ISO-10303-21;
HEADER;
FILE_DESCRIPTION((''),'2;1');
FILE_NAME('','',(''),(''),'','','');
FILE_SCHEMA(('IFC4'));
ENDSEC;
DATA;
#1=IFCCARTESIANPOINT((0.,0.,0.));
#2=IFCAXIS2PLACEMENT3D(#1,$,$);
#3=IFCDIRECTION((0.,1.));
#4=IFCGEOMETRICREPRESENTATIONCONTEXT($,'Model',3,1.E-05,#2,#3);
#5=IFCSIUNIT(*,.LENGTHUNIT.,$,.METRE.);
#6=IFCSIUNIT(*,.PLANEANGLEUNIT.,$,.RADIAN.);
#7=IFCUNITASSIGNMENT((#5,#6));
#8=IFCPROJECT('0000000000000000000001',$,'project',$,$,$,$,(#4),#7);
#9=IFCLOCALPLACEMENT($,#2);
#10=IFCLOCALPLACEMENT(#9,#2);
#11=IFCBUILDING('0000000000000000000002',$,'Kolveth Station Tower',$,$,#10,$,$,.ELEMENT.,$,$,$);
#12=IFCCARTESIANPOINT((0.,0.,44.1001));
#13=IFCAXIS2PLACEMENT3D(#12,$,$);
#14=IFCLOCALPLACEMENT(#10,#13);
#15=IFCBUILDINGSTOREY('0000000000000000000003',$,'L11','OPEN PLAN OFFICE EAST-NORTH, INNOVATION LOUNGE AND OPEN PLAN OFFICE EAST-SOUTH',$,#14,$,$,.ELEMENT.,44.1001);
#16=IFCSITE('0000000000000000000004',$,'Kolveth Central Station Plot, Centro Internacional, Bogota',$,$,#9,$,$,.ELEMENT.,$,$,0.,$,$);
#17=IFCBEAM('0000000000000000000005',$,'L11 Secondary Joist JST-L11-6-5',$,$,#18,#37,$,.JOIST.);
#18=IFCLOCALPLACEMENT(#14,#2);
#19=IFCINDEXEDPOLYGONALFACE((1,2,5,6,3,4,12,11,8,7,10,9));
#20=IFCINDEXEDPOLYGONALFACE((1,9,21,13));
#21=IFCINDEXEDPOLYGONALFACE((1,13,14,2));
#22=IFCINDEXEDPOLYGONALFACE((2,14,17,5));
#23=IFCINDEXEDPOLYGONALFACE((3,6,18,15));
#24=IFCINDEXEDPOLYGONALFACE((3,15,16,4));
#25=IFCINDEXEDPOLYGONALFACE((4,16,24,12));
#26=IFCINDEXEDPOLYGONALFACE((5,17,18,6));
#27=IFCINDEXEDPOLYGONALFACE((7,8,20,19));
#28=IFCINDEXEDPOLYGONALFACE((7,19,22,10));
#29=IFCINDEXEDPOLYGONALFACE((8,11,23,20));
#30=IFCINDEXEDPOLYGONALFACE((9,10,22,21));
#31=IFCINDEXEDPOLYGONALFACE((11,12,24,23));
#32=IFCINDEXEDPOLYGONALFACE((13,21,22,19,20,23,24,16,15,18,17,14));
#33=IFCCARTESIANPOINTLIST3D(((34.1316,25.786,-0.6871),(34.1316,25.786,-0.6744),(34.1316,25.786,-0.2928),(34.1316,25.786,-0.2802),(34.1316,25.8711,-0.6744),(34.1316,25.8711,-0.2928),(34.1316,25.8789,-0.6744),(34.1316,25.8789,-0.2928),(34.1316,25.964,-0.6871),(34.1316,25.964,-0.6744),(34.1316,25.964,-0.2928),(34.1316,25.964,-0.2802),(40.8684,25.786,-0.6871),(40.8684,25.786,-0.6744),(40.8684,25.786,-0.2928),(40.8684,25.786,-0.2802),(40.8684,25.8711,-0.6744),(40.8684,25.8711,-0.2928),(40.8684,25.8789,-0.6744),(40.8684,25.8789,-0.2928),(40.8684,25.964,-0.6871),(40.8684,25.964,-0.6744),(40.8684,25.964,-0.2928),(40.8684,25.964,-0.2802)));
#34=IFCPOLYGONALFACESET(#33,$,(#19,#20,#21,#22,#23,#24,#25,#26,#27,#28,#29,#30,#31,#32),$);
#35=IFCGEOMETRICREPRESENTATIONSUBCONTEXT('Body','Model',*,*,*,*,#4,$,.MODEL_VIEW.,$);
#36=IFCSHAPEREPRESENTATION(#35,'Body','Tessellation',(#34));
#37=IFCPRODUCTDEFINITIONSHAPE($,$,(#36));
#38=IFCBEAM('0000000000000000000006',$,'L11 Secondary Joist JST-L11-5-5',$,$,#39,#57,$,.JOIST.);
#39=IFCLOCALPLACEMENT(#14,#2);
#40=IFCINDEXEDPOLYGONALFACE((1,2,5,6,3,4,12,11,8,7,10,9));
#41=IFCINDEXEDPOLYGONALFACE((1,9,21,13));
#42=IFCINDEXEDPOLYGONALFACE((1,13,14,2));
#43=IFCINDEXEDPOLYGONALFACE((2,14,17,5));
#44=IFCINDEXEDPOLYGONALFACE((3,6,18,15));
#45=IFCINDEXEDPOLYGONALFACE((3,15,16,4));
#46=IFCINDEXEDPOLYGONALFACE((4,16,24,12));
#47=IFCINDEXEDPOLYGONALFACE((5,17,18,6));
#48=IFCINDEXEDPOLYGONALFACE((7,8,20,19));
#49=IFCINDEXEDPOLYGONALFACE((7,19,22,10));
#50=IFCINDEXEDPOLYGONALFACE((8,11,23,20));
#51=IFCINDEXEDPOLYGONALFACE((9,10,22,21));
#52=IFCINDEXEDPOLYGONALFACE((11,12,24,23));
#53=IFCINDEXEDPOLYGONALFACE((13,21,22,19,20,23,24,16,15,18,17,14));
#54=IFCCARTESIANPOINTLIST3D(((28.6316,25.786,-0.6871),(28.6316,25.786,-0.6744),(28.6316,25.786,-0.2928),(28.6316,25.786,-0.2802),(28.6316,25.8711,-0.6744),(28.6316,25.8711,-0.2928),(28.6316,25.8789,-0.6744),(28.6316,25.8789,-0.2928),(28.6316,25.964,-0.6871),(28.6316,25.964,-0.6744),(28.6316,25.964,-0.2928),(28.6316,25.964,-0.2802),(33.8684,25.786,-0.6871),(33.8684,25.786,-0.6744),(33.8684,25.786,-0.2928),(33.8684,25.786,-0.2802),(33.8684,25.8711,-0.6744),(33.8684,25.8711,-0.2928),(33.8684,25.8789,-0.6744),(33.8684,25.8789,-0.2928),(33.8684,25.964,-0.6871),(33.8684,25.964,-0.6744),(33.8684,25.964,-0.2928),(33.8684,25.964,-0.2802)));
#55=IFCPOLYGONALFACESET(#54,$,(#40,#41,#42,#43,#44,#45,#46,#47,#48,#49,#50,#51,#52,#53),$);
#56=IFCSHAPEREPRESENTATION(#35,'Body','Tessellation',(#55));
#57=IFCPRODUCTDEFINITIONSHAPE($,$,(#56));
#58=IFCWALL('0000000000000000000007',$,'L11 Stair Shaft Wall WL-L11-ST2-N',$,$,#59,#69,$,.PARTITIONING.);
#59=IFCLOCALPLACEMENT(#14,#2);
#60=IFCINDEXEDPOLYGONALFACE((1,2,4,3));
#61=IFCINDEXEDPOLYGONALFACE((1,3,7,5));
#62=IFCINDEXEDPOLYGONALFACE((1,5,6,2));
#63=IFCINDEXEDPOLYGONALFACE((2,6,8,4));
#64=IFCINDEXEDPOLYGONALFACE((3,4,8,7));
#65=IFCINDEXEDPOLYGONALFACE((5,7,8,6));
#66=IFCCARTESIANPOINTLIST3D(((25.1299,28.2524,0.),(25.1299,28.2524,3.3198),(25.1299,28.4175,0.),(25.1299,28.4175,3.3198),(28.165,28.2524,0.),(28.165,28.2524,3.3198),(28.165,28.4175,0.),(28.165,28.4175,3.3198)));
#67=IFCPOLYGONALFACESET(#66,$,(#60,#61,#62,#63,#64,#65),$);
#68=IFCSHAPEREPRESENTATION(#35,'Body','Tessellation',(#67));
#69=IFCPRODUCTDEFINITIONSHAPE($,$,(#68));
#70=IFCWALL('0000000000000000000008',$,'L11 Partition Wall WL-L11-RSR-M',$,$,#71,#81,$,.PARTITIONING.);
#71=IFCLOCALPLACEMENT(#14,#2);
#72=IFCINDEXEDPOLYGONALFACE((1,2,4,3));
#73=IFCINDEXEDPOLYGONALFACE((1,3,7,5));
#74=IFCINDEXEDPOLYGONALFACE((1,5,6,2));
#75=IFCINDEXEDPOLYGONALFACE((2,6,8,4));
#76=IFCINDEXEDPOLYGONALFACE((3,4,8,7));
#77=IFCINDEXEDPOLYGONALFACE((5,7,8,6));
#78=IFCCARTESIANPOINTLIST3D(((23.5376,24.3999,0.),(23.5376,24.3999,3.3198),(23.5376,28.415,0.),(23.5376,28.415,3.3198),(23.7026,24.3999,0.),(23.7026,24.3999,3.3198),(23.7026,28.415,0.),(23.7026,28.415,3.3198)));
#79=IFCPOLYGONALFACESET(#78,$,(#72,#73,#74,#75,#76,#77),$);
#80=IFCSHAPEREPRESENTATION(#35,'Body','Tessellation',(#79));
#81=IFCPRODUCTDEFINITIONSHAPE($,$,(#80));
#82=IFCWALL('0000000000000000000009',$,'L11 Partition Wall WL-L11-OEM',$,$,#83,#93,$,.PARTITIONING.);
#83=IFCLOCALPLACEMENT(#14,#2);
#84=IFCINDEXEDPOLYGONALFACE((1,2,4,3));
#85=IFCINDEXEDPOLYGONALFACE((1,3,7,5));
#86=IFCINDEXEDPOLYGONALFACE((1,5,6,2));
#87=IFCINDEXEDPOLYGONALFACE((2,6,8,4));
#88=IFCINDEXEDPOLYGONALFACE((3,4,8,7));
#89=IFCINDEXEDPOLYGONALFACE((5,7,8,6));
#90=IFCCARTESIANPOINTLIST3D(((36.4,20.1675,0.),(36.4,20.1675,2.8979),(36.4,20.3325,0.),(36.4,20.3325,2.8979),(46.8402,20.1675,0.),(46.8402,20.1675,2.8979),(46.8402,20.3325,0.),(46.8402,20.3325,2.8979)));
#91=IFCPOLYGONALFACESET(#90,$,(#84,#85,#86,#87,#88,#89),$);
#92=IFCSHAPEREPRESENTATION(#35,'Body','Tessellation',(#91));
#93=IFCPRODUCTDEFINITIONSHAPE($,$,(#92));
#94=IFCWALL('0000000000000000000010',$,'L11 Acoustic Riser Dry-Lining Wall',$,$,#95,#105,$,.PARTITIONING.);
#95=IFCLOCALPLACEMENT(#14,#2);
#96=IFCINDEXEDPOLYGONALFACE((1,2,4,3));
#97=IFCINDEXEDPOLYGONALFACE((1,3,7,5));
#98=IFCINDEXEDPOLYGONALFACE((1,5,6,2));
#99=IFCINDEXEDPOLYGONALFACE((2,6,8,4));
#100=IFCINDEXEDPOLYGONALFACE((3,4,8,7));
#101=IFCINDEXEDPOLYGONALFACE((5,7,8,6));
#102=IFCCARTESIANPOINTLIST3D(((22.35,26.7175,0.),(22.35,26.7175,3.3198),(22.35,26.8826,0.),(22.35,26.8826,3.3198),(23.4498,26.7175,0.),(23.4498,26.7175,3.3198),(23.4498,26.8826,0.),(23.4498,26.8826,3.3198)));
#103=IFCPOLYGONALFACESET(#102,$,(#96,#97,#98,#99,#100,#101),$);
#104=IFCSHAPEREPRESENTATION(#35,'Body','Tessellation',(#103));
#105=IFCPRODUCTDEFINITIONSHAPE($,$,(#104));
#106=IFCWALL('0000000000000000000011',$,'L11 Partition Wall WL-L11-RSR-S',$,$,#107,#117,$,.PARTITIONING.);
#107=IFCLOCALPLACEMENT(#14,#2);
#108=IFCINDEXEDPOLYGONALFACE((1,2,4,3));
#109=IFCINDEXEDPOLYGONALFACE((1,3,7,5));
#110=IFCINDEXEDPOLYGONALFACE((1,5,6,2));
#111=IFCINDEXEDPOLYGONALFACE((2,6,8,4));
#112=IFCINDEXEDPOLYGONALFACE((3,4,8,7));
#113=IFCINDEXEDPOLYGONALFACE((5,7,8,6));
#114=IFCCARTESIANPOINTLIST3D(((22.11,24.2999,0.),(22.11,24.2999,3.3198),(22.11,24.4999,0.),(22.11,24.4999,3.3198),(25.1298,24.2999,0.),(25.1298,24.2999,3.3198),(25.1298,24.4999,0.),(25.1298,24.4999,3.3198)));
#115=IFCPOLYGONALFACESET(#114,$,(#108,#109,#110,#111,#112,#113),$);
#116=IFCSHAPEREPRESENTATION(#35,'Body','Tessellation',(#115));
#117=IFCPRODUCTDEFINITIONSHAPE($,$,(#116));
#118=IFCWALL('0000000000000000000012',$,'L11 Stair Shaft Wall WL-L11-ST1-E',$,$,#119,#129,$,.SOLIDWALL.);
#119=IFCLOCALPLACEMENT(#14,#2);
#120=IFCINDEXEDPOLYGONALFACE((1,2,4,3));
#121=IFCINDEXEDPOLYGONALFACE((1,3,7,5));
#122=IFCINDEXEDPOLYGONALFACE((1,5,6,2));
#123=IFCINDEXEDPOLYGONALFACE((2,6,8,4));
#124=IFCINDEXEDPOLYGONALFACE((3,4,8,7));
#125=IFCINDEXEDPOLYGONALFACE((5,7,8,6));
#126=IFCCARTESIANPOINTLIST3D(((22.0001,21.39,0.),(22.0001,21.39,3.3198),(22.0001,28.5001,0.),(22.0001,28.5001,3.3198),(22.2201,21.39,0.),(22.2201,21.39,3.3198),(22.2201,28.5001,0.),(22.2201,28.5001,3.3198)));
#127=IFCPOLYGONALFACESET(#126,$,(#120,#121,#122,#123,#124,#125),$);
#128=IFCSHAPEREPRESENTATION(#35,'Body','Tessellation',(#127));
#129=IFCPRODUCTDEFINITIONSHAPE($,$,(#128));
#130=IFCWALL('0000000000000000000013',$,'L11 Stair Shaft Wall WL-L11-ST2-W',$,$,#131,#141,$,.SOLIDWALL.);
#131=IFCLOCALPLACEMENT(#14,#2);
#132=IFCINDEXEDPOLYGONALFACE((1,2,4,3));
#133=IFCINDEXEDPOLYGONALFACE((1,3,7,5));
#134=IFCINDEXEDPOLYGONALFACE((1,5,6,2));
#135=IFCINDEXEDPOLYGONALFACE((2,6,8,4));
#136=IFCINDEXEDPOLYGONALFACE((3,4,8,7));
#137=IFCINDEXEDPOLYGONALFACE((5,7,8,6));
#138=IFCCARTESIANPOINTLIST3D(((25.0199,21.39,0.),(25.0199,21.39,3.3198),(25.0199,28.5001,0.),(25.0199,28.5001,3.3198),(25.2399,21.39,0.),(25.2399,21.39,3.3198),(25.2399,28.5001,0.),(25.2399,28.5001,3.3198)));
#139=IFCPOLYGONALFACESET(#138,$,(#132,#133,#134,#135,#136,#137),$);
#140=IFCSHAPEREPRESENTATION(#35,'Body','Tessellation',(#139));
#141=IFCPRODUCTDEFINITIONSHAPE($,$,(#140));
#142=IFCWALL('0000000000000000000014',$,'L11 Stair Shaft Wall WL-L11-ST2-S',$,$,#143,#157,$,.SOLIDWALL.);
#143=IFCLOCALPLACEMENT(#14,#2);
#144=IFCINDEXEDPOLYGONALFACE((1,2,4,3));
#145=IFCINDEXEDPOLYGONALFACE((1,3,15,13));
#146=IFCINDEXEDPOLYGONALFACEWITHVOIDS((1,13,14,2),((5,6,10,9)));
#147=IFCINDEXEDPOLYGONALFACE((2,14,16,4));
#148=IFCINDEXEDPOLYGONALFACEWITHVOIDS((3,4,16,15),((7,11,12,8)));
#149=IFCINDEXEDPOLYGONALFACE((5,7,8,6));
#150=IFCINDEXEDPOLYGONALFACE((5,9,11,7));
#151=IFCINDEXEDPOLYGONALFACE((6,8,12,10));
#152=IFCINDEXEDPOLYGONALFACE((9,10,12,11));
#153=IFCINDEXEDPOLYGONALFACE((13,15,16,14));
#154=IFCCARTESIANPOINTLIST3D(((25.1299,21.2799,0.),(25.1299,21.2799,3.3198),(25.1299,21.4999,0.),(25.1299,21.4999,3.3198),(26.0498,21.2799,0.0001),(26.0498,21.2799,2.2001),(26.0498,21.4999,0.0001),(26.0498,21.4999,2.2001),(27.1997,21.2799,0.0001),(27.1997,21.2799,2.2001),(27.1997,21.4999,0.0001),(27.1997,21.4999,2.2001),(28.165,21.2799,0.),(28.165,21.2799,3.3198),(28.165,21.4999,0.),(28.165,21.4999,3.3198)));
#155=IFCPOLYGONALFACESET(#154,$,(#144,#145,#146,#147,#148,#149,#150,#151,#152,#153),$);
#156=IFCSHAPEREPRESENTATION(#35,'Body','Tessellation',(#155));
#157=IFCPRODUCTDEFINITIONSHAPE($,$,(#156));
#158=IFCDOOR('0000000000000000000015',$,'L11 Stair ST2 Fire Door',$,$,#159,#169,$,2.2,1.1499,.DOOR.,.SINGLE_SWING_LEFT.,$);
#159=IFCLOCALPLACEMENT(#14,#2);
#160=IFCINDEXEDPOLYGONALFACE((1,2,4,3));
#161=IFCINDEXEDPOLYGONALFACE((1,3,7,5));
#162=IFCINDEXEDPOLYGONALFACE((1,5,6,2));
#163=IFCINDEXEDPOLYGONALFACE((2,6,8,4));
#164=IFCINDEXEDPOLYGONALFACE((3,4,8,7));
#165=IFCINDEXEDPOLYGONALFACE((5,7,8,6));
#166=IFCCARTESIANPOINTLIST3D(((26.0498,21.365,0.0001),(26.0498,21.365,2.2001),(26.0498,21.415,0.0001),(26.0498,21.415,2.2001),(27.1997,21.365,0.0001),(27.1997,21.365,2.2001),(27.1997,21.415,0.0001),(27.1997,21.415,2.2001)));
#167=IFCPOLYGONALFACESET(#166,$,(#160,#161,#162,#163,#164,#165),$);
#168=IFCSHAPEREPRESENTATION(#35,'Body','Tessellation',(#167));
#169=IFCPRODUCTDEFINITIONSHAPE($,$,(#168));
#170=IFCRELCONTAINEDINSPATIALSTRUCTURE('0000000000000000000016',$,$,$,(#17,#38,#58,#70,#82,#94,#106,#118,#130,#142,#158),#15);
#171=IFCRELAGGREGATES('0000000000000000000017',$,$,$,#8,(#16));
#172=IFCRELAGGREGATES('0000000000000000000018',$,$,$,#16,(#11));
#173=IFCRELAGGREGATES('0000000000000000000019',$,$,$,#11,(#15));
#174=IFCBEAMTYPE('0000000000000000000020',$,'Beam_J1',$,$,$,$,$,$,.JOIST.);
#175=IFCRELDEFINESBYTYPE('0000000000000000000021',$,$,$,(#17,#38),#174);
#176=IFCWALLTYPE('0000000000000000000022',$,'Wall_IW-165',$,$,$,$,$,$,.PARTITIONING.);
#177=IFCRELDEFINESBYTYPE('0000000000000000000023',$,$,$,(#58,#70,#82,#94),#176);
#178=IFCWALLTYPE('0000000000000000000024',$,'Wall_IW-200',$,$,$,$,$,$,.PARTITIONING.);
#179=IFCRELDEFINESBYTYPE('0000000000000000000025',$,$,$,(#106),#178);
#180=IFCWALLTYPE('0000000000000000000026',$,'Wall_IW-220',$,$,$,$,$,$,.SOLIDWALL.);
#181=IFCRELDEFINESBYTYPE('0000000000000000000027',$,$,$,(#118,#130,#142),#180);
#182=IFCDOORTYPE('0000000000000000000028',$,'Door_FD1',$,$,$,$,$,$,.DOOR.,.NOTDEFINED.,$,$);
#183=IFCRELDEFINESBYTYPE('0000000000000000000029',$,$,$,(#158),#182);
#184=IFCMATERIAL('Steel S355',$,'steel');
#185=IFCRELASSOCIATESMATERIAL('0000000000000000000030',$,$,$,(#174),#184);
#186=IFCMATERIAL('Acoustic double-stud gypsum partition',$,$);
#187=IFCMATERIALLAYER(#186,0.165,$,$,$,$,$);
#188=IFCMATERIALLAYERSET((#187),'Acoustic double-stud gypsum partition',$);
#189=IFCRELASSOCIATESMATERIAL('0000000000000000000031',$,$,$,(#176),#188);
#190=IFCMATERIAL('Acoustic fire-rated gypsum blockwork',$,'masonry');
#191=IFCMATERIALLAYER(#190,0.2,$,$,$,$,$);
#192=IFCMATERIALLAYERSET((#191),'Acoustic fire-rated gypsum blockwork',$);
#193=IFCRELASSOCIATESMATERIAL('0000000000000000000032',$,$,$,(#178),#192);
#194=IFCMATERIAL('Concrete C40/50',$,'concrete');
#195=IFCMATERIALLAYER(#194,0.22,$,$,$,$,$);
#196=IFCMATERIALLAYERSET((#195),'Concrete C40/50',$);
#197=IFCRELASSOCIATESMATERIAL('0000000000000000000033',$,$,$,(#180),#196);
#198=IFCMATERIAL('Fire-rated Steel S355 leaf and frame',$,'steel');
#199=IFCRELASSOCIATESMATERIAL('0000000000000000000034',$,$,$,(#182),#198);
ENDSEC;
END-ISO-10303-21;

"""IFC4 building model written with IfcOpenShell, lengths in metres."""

from ifc_helpers import new_model, si_unit, direction, frame, frame_2d, origin, origin_2d, place, context, subcontext, project, spatial, rectangle, i_section, extrude, source, transform, mapped, material, layer, layer_set, material_profile, profile_set, type_object, element, fill, save


model = new_model("IFC4")

# Units and contexts
model_context = context("Model", 3, precision=1e-05, world=origin(), true_north=direction((0.0, 1.0)))
body_context = subcontext(model_context, "Body", "Model", "MODEL_VIEW")
ifc_project = project(units=[si_unit("LENGTHUNIT", "METRE"), si_unit("PLANEANGLEUNIT", "RADIAN")], contexts=[model_context])

# Site, building, storey
site_placement = place(None, origin())
site = spatial("IfcSite", under=ifc_project, at=site_placement, Name="Kolveth Central Station Plot, Centro Internacional, Bogota", CompositionType="ELEMENT", RefElevation=0.0)
building_placement = place(site_placement, origin())
building = spatial("IfcBuilding", under=site, at=building_placement, Name="Kolveth Station Tower", CompositionType="ELEMENT")
storey_placement = place(building_placement, frame((0.0, 0.0, 44.1001)))
storey = spatial("IfcBuildingStorey", under=building, at=storey_placement, Name="L11", Description="OPEN PLAN OFFICE EAST-NORTH, INNOVATION LOUNGE AND OPEN PLAN OFFICE EAST-SOUTH", CompositionType="ELEMENT", Elevation=44.1001)

# Beams
ifc_material_1 = material(Name="Steel S355", Category="steel")
ifc_material_profile_1 = material_profile(ifc_material_1, i_section(OverallWidth=0.178, OverallDepth=0.407, WebThickness=0.0078, FlangeThickness=0.0127, at=origin_2d()), Name="W410x60")
ifc_profile_set_1 = profile_set([ifc_material_profile_1], Name="Steel S355")
beam_type_1 = type_object("IfcBeamType", Name="Beam_J1", PredefinedType="JOIST", material=ifc_profile_set_1)
shared_shape_1 = source(origin(), body_context, "Body", "SweptSolid", [
    extrude(i_section(OverallWidth=0.178, OverallDepth=0.407, WebThickness=0.0078, FlangeThickness=0.0127, at=origin_2d()), origin(), (0.0, 0.0, 1.0), 6.7368),
])
beam_1_placement = place(storey_placement, frame((34.1316, 25.875, -0.4836), z_axis=(1.0, 0.0, 0.0), x_axis=(0.0, 1.0, 0.0)))
element("IfcBeam", 1, at=beam_1_placement, inside=storey, type_object=beam_type_1, Name="L11 Secondary Joist JST-L11-6-5", PredefinedType="JOIST", context=body_context, shape_type="MappedRepresentation", body=[
    mapped(shared_shape_1, transform((0.0, 0.0, 0.0), x_axis=(1.0, 0.0, 0.0), y_axis=(0.0, 1.0, 0.0), z_axis=(0.0, 0.0, 1.0), scale=1.0)),
])
shared_shape_2 = source(origin(), body_context, "Body", "SweptSolid", [
    extrude(i_section(OverallWidth=0.178, OverallDepth=0.407, WebThickness=0.0078, FlangeThickness=0.0127, at=origin_2d()), origin(), (0.0, 0.0, 1.0), 5.2368),
])
beam_2_placement = place(storey_placement, frame((28.6316, 25.875, -0.4836), z_axis=(1.0, 0.0, 0.0), x_axis=(0.0, 1.0, 0.0)))
element("IfcBeam", 2, at=beam_2_placement, inside=storey, type_object=beam_type_1, Name="L11 Secondary Joist JST-L11-5-5", PredefinedType="JOIST", context=body_context, shape_type="MappedRepresentation", body=[
    mapped(shared_shape_2, transform((0.0, 0.0, 0.0), x_axis=(1.0, 0.0, 0.0), y_axis=(0.0, 1.0, 0.0), z_axis=(0.0, 0.0, 1.0), scale=1.0)),
])

# Walls
ifc_material_2 = material(Name="Acoustic double-stud gypsum partition")
ifc_layer_1 = layer(ifc_material_2, 0.165)
ifc_layer_set_1 = layer_set([ifc_layer_1], Name="Acoustic double-stud gypsum partition")
wall_type_1 = type_object("IfcWallType", Name="Wall_IW-165", PredefinedType="PARTITIONING", material=ifc_layer_set_1)
wall_1_placement = place(storey_placement, frame((25.1299, 28.335, 0.0), z_axis=(0.0, 0.0, 1.0), x_axis=(1.0, 0.0, 0.0)))
element("IfcWall", 3, at=wall_1_placement, inside=storey, type_object=wall_type_1, Name="L11 Stair Shaft Wall WL-L11-ST2-N", PredefinedType="PARTITIONING", context=body_context, shape_type="SweptSolid", body=[
    extrude(rectangle(XDim=3.0352, YDim=0.165, at=frame_2d((1.5176, 0.0))), origin(), (0.0, 0.0, 1.0), 3.3198),
])
wall_2_placement = place(storey_placement, frame((23.6201, 24.3999, 0.0), z_axis=(0.0, 0.0, 1.0), x_axis=(0.0, 1.0, 0.0)))
element("IfcWall", 4, at=wall_2_placement, inside=storey, type_object=wall_type_1, Name="L11 Partition Wall WL-L11-RSR-M", PredefinedType="PARTITIONING", context=body_context, shape_type="SweptSolid", body=[
    extrude(rectangle(XDim=4.0151, YDim=0.165, at=frame_2d((2.0076, 0.0))), origin(), (0.0, 0.0, 1.0), 3.3198),
])
wall_3_placement = place(storey_placement, frame((36.3999, 20.25, 0.0), z_axis=(0.0, 0.0, 1.0), x_axis=(1.0, 0.0, 0.0)))
element("IfcWall", 5, at=wall_3_placement, inside=storey, type_object=wall_type_1, Name="L11 Partition Wall WL-L11-OEM", PredefinedType="PARTITIONING", context=body_context, shape_type="SweptSolid", body=[
    extrude(rectangle(XDim=10.4402, YDim=0.165, at=frame_2d((5.2202, 0.0))), origin(), (0.0, 0.0, 1.0), 2.8979),
])
wall_4_placement = place(storey_placement, frame((22.3501, 26.8, 0.0), z_axis=(0.0, 0.0, 1.0), x_axis=(1.0, 0.0, 0.0)))
element("IfcWall", 6, at=wall_4_placement, inside=storey, type_object=wall_type_1, Name="L11 Acoustic Riser Dry-Lining Wall", PredefinedType="PARTITIONING", context=body_context, shape_type="SweptSolid", body=[
    extrude(rectangle(XDim=1.0999, YDim=0.165, at=frame_2d((0.5498, 0.0))), origin(), (0.0, 0.0, 1.0), 3.3198),
])
ifc_material_3 = material(Name="Acoustic fire-rated gypsum blockwork", Category="masonry")
ifc_layer_2 = layer(ifc_material_3, 0.2)
ifc_layer_set_2 = layer_set([ifc_layer_2], Name="Acoustic fire-rated gypsum blockwork")
wall_type_2 = type_object("IfcWallType", Name="Wall_IW-200", PredefinedType="PARTITIONING", material=ifc_layer_set_2)
wall_5_placement = place(storey_placement, frame((22.1101, 24.3999, 0.0), z_axis=(0.0, 0.0, 1.0), x_axis=(1.0, 0.0, 0.0)))
element("IfcWall", 7, at=wall_5_placement, inside=storey, type_object=wall_type_2, Name="L11 Partition Wall WL-L11-RSR-S", PredefinedType="PARTITIONING", context=body_context, shape_type="SweptSolid", body=[
    extrude(rectangle(XDim=3.0198, YDim=0.2, at=frame_2d((1.5098, 0.0))), origin(), (0.0, 0.0, 1.0), 3.3198),
])
ifc_material_4 = material(Name="Concrete C40/50", Category="concrete")
ifc_layer_3 = layer(ifc_material_4, 0.22)
ifc_layer_set_3 = layer_set([ifc_layer_3], Name="Concrete C40/50")
wall_type_3 = type_object("IfcWallType", Name="Wall_IW-220", PredefinedType="SOLIDWALL", material=ifc_layer_set_3)
for number, where, z_axis, x_axis, name in (
    (8, (22.1101, 21.3899, 0.0), (0.0, 0.0, 1.0), (0.0, 1.0, 0.0), "L11 Stair Shaft Wall WL-L11-ST1-E"),
    (9, (25.1299, 21.3899, 0.0), (0.0, 0.0, 1.0), (0.0, 1.0, 0.0), "L11 Stair Shaft Wall WL-L11-ST2-W"),
):
    element("IfcWall", number, at=place(storey_placement, frame(where, z_axis=z_axis, x_axis=x_axis)), inside=storey, type_object=wall_type_3, Name=name, PredefinedType="SOLIDWALL", context=body_context, shape_type="SweptSolid", body=[
        extrude(rectangle(XDim=7.1101, YDim=0.22, at=frame_2d((3.5552, 0.0))), origin(), (0.0, 0.0, 1.0), 3.3198),
    ])

# Wall, opening, door
wall_6_placement = place(storey_placement, frame((25.1299, 21.3899, 0.0), z_axis=(0.0, 0.0, 1.0), x_axis=(1.0, 0.0, 0.0)))
wall_6 = element("IfcWall", 10, at=wall_6_placement, inside=storey, type_object=wall_type_3, Name="L11 Stair Shaft Wall WL-L11-ST2-S", PredefinedType="SOLIDWALL", context=body_context, shape_type="SweptSolid", body=[
    extrude(rectangle(XDim=3.0352, YDim=0.22, at=frame_2d((1.5176, 0.0))), origin(), (0.0, 0.0, 1.0), 3.3198),
])
opening_placement = place(wall_6_placement, frame((0.9199, 0.0, 0.0)))
opening = element("IfcOpeningElement", 11, at=opening_placement, cuts=wall_6, PredefinedType="OPENING", context=body_context, shape_type="SweptSolid", body=[
    extrude(rectangle(XDim=1.1499, YDim=2.2, at=frame_2d((0.575, 1.1001))), frame((0.0, 0.1199, 0.0), z_axis=(0.0, -1.0, 0.0), x_axis=(1.0, 0.0, 0.0)), (0.0, 0.0, 1.0), 0.24),
])
ifc_material_5 = material(Name="Fire-rated Steel S355 leaf and frame", Category="steel")
door_type = type_object("IfcDoorType", Name="Door_FD1", OperationType="NOTDEFINED", PredefinedType="DOOR", material=ifc_material_5)
door_placement = place(opening_placement, frame((1.1499, 0.0, 0.0), z_axis=(0.0, 0.0, 1.0), x_axis=(-1.0, 0.0, 0.0)))
door = element("IfcDoor", 12, at=door_placement, inside=storey, type_object=door_type, Name="L11 Stair ST2 Fire Door", OperationType="SINGLE_SWING_LEFT", OverallHeight=2.2, OverallWidth=1.1499, PredefinedType="DOOR", context=body_context, shape_type="SweptSolid", body=[
    extrude(rectangle(XDim=1.1499, YDim=2.2, at=frame_2d((0.575, 1.1001))), frame((0.0, 0.0249, 0.0), z_axis=(0.0, -1.0, 0.0), x_axis=(1.0, 0.0, 0.0)), (0.0, 0.0, 1.0), 0.05),
])
fill(opening, door)

save(model, "model.ifc")
